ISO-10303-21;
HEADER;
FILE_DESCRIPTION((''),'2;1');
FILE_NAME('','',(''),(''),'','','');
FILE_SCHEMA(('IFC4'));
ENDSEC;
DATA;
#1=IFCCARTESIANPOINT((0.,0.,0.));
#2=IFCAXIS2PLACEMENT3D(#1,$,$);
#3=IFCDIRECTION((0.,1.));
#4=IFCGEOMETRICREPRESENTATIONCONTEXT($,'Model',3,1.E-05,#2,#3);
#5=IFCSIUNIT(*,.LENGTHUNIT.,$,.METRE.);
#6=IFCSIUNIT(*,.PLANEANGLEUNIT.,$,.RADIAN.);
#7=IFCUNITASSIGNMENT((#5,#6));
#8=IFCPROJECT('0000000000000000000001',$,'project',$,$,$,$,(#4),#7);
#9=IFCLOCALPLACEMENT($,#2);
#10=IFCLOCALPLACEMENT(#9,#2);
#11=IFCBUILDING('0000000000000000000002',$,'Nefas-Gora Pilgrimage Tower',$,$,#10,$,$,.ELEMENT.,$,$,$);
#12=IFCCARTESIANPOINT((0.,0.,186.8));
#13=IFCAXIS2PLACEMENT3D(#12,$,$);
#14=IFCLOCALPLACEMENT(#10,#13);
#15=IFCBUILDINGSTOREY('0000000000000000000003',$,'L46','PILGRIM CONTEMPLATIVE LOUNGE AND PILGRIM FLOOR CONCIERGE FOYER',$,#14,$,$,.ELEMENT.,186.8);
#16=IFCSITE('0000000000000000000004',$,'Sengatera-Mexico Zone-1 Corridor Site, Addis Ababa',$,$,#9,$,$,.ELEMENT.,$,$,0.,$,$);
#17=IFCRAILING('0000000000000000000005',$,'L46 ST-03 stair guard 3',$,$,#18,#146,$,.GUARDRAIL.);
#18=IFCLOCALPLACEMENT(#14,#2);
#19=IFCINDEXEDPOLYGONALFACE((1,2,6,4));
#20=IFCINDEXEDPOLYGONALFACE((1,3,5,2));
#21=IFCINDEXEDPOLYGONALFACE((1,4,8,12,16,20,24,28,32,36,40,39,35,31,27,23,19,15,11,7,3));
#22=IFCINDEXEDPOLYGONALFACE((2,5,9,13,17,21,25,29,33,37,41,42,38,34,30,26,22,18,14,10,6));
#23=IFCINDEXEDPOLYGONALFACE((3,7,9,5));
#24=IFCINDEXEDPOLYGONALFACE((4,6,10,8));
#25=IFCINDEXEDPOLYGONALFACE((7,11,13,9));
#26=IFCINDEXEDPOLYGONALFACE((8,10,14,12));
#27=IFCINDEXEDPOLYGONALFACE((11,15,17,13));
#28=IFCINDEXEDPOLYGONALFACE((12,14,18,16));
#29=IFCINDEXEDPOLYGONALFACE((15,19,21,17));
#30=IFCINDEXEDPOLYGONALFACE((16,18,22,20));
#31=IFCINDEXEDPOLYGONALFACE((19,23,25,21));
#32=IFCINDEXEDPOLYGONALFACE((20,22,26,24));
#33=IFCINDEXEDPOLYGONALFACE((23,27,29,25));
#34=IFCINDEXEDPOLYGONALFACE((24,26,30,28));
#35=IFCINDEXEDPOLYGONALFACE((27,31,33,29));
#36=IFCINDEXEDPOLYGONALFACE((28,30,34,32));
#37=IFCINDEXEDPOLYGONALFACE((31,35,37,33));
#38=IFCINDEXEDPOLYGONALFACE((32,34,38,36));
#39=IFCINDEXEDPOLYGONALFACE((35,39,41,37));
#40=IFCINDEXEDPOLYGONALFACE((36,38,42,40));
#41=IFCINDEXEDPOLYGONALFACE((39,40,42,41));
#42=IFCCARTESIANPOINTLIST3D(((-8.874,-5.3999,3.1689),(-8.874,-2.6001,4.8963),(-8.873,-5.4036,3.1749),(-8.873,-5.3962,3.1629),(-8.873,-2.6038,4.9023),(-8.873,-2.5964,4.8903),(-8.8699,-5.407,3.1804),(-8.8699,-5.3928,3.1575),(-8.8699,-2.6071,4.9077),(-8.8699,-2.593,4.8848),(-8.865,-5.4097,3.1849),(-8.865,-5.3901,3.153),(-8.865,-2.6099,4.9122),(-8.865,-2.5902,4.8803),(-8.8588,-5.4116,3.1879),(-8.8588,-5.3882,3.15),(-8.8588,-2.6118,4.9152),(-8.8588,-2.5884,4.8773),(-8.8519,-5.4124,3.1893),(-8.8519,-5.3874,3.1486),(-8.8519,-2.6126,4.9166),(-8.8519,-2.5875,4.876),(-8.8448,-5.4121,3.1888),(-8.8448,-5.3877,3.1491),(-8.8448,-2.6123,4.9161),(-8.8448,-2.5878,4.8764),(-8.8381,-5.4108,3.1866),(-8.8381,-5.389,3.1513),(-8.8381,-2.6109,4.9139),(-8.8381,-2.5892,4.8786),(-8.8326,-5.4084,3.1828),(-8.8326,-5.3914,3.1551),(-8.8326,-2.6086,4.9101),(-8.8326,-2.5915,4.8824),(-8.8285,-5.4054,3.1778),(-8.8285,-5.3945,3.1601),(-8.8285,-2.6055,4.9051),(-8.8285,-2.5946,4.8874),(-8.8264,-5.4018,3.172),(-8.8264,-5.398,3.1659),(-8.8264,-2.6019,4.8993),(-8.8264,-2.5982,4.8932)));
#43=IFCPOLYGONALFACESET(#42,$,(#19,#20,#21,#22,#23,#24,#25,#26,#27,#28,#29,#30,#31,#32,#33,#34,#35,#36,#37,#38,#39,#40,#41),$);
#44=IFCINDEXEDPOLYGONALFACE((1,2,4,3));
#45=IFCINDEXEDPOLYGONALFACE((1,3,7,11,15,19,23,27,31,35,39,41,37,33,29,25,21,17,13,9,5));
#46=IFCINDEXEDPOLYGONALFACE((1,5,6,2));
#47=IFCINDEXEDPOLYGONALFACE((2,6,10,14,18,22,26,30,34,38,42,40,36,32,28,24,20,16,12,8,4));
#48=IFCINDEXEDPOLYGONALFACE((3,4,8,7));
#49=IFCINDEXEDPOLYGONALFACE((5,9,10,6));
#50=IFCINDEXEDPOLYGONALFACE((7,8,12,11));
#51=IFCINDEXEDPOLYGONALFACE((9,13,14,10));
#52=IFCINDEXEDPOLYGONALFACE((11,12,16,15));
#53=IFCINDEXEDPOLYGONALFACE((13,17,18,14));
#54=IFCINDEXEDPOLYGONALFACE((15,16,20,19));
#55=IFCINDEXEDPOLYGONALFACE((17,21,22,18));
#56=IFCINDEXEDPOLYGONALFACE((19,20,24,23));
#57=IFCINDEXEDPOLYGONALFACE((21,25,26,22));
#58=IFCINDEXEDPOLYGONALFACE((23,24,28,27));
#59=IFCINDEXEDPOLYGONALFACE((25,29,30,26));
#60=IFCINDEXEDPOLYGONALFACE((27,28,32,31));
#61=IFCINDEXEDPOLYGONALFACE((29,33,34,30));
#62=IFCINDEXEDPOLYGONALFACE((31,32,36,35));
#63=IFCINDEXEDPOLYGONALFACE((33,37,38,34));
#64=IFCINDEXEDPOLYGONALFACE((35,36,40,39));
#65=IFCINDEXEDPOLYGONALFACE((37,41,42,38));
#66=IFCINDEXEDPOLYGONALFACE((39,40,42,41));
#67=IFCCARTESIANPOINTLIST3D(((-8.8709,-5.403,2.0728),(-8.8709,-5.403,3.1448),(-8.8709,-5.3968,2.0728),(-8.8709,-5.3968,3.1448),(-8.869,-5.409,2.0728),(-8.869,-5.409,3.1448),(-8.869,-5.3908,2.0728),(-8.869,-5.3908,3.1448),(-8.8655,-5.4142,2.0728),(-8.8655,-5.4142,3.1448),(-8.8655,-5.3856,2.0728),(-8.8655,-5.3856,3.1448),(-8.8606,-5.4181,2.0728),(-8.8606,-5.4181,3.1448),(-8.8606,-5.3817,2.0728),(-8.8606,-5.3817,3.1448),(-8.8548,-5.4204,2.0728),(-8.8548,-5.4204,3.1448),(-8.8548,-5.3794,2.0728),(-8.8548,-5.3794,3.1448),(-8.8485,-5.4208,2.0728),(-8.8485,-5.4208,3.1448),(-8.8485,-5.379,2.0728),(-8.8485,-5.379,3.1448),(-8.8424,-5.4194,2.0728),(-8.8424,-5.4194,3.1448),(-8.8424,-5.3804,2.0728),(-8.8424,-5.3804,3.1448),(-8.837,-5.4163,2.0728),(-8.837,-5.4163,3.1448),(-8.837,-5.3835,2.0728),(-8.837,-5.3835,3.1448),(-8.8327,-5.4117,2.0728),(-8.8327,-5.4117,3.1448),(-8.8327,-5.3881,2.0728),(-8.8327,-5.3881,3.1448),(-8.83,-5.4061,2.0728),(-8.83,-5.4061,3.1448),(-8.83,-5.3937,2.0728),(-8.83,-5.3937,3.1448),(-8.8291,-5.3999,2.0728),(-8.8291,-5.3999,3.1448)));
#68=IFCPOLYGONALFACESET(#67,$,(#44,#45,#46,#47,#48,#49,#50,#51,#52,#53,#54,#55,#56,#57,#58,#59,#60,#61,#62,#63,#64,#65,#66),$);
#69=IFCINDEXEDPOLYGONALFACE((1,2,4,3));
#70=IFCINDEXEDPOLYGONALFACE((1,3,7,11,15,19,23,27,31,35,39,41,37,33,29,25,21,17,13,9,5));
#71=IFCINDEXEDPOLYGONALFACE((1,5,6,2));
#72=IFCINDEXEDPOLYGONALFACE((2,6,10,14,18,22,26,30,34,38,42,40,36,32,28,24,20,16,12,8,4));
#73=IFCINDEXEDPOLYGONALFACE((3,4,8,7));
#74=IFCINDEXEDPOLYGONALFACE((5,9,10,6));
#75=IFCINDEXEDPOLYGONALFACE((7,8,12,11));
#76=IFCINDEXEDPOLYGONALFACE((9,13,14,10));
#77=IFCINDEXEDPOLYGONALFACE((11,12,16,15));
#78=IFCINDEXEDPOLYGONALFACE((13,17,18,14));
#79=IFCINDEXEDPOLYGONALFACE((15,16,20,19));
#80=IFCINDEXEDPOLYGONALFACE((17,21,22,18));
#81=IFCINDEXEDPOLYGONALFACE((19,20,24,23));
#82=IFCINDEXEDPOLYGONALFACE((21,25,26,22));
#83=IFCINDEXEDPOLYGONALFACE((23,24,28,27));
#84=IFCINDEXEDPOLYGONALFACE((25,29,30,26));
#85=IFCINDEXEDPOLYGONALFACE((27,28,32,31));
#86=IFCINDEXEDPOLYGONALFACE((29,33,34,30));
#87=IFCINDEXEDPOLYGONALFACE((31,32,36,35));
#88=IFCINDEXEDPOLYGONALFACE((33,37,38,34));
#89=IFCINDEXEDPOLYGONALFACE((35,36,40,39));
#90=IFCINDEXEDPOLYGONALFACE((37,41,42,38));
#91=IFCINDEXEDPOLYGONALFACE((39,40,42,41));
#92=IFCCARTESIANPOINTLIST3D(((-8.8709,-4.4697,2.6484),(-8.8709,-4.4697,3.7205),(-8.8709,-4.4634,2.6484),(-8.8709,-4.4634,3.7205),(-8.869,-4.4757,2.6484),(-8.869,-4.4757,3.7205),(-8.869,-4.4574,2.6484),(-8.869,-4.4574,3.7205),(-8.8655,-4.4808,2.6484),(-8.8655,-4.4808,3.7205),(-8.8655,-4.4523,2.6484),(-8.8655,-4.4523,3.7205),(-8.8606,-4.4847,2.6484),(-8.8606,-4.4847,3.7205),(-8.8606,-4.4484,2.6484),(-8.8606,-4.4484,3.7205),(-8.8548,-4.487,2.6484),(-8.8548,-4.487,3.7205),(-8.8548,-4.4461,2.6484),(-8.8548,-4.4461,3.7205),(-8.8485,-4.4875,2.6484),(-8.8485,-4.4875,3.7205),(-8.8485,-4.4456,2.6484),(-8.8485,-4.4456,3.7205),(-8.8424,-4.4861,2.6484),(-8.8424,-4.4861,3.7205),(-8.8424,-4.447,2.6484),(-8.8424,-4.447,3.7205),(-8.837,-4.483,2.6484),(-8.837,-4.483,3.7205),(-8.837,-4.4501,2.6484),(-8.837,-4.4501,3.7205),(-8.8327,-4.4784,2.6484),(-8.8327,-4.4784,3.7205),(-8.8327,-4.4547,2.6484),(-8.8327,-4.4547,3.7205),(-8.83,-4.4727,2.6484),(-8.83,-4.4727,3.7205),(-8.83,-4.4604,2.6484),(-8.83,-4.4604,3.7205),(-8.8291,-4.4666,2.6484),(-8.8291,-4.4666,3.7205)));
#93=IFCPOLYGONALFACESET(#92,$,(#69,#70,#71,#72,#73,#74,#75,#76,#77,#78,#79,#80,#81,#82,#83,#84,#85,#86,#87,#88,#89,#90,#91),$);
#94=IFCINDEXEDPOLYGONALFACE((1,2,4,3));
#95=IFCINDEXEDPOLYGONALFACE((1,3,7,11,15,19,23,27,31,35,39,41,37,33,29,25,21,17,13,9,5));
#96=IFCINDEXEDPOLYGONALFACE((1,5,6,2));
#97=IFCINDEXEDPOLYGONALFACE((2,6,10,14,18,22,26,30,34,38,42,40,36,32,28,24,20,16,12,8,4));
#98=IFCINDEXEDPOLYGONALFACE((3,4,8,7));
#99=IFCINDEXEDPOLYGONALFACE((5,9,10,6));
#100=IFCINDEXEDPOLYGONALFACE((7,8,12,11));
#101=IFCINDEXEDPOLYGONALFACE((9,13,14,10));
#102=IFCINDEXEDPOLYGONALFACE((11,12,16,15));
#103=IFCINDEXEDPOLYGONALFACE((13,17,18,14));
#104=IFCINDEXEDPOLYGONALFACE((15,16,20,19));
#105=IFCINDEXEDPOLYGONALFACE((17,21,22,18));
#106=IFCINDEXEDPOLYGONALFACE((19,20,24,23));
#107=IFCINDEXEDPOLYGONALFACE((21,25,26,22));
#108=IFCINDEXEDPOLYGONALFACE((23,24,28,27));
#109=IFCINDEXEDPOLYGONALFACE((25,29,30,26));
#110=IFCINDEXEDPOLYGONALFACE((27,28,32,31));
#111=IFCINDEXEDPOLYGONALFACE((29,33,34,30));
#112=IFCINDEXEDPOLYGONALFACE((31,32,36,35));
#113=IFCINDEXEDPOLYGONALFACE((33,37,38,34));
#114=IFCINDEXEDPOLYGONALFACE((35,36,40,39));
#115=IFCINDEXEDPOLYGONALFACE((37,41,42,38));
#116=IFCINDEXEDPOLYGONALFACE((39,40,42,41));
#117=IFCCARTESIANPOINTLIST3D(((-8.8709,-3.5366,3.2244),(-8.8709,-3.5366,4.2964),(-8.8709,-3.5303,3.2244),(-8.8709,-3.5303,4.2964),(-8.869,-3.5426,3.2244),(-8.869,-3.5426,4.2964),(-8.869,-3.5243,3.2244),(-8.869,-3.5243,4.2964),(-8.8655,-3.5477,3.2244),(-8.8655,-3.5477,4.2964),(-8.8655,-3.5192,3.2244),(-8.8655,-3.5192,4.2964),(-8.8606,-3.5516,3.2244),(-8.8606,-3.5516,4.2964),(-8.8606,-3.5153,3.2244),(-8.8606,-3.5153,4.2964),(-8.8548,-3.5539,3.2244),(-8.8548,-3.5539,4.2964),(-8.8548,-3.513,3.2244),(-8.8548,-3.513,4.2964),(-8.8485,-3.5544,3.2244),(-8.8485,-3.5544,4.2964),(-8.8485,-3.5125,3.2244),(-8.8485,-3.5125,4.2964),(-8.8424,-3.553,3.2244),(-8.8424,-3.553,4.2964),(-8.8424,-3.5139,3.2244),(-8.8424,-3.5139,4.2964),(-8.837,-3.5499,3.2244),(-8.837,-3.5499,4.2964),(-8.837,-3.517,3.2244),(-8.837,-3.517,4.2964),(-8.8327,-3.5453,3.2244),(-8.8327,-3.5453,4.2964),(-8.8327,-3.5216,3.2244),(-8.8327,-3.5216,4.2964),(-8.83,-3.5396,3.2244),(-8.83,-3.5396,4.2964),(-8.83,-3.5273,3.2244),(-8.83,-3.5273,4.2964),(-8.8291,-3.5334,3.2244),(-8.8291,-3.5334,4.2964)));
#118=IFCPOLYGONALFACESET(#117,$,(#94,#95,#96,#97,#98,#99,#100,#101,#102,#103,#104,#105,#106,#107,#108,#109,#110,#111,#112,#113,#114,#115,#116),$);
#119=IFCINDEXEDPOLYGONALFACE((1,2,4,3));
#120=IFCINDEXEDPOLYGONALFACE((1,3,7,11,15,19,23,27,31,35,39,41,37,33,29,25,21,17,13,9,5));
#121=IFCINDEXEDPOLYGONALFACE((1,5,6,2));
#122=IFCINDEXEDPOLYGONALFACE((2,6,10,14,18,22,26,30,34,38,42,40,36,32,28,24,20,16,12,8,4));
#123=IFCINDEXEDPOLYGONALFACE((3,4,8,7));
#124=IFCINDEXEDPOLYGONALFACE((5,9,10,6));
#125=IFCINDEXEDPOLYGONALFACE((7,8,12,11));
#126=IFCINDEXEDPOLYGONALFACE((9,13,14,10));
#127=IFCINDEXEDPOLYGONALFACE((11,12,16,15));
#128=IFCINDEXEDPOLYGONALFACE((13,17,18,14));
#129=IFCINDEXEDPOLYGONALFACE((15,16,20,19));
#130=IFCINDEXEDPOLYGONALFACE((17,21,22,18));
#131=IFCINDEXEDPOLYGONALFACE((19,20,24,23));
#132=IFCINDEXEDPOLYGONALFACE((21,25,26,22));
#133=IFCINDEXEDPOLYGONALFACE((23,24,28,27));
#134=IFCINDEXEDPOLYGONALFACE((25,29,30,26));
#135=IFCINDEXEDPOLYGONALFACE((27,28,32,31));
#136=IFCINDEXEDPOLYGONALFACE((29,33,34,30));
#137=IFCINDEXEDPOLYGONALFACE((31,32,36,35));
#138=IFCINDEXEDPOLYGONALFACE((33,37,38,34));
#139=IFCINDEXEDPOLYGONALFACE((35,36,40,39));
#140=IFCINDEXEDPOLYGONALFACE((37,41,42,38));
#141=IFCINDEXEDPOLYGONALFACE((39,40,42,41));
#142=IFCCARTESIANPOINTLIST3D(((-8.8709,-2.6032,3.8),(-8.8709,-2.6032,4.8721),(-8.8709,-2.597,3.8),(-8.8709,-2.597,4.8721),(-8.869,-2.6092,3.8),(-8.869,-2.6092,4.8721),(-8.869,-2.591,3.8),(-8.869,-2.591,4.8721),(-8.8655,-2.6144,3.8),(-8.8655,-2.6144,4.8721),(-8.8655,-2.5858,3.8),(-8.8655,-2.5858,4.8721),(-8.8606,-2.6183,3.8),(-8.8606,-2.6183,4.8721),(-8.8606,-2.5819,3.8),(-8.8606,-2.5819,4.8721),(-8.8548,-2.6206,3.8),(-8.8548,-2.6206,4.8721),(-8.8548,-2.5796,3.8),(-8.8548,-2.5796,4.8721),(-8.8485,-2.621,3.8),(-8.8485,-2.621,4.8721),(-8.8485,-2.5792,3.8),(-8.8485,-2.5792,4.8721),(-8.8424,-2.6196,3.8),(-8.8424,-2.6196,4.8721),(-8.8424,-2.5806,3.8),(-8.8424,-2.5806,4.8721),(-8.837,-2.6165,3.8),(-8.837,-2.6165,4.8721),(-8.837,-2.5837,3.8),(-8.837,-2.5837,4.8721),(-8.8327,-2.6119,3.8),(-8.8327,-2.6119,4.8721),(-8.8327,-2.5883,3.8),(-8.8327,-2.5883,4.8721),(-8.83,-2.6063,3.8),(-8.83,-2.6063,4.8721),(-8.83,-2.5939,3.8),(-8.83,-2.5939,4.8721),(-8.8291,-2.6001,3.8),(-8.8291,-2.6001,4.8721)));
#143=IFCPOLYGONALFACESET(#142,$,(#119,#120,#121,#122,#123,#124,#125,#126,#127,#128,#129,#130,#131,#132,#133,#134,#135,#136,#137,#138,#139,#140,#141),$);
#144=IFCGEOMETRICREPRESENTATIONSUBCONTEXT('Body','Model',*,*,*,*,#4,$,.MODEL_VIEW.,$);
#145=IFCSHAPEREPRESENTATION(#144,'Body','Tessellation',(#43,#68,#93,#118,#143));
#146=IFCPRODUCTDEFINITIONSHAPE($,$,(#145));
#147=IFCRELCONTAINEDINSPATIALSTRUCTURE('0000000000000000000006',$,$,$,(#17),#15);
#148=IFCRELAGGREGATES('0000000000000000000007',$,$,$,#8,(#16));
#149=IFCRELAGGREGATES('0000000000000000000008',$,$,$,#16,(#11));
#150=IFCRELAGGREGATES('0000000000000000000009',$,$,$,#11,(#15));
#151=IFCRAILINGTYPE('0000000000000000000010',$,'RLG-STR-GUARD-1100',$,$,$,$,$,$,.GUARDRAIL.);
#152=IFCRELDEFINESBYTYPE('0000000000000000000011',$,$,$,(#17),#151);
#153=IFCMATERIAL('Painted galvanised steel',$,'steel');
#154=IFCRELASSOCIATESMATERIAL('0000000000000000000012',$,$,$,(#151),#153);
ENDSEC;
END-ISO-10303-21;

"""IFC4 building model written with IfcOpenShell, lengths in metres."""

from ifc_helpers import new_model, si_unit, direction, frame, origin, origin_2d, place, context, subcontext, project, spatial, circle, extrude, material, type_object, element, save


model = new_model("IFC4")

# Units and contexts
model_context = context("Model", 3, precision=1e-05, world=origin(), true_north=direction((0.0, 1.0)))
body_context = subcontext(model_context, "Body", "Model", "MODEL_VIEW")
ifc_project = project(units=[si_unit("LENGTHUNIT", "METRE"), si_unit("PLANEANGLEUNIT", "RADIAN")], contexts=[model_context])

# Site, building, storey
site_placement = place(None, origin())
site = spatial("IfcSite", under=ifc_project, at=site_placement, Name="Sengatera-Mexico Zone-1 Corridor Site, Addis Ababa", CompositionType="ELEMENT", RefElevation=0.0)
building_placement = place(site_placement, origin())
building = spatial("IfcBuilding", under=site, at=building_placement, Name="Nefas-Gora Pilgrimage Tower", CompositionType="ELEMENT")
storey_placement = place(building_placement, frame((0.0, 0.0, 186.8)))
storey = spatial("IfcBuildingStorey", under=building, at=storey_placement, Name="L46", Description="PILGRIM CONTEMPLATIVE LOUNGE AND PILGRIM FLOOR CONCIERGE FOYER", CompositionType="ELEMENT", Elevation=186.8)

# Railing
ifc_material_1 = material(Name="Painted galvanised steel", Category="steel")
railing_type_1 = type_object("IfcRailingType", Name="RLG-STR-GUARD-1100", PredefinedType="GUARDRAIL", material=ifc_material_1)
railing_1_placement = place(storey_placement, frame((-8.8501, -5.3999, 2.0728)))
element("IfcRailing", 1, at=railing_1_placement, inside=storey, type_object=railing_type_1, Name="L46 ST-03 stair guard 3", PredefinedType="GUARDRAIL", context=body_context, shape_type="SweptSolid", body=[
    extrude(circle(Radius=0.0239, at=origin_2d()), frame((0.0, 0.0, 1.0962), z_axis=(0.0, 0.851069, 0.525054), x_axis=(-1.0, 0.0, 0.0)), (0.0, 0.0, 1.0), 3.2898),
    extrude(circle(Radius=0.021, at=origin_2d()), origin(), (0.0, 0.0, 1.0), 1.072),
    extrude(circle(Radius=0.021, at=origin_2d()), frame((0.0, 0.9333, 0.5757)), (0.0, 0.0, 1.0), 1.072),
    extrude(circle(Radius=0.021, at=origin_2d()), frame((0.0, 1.8665, 1.1516)), (0.0, 0.0, 1.0), 1.072),
    extrude(circle(Radius=0.021, at=origin_2d()), frame((0.0, 2.7998, 1.7273)), (0.0, 0.0, 1.0), 1.072),
])

save(model, "model.ifc")
